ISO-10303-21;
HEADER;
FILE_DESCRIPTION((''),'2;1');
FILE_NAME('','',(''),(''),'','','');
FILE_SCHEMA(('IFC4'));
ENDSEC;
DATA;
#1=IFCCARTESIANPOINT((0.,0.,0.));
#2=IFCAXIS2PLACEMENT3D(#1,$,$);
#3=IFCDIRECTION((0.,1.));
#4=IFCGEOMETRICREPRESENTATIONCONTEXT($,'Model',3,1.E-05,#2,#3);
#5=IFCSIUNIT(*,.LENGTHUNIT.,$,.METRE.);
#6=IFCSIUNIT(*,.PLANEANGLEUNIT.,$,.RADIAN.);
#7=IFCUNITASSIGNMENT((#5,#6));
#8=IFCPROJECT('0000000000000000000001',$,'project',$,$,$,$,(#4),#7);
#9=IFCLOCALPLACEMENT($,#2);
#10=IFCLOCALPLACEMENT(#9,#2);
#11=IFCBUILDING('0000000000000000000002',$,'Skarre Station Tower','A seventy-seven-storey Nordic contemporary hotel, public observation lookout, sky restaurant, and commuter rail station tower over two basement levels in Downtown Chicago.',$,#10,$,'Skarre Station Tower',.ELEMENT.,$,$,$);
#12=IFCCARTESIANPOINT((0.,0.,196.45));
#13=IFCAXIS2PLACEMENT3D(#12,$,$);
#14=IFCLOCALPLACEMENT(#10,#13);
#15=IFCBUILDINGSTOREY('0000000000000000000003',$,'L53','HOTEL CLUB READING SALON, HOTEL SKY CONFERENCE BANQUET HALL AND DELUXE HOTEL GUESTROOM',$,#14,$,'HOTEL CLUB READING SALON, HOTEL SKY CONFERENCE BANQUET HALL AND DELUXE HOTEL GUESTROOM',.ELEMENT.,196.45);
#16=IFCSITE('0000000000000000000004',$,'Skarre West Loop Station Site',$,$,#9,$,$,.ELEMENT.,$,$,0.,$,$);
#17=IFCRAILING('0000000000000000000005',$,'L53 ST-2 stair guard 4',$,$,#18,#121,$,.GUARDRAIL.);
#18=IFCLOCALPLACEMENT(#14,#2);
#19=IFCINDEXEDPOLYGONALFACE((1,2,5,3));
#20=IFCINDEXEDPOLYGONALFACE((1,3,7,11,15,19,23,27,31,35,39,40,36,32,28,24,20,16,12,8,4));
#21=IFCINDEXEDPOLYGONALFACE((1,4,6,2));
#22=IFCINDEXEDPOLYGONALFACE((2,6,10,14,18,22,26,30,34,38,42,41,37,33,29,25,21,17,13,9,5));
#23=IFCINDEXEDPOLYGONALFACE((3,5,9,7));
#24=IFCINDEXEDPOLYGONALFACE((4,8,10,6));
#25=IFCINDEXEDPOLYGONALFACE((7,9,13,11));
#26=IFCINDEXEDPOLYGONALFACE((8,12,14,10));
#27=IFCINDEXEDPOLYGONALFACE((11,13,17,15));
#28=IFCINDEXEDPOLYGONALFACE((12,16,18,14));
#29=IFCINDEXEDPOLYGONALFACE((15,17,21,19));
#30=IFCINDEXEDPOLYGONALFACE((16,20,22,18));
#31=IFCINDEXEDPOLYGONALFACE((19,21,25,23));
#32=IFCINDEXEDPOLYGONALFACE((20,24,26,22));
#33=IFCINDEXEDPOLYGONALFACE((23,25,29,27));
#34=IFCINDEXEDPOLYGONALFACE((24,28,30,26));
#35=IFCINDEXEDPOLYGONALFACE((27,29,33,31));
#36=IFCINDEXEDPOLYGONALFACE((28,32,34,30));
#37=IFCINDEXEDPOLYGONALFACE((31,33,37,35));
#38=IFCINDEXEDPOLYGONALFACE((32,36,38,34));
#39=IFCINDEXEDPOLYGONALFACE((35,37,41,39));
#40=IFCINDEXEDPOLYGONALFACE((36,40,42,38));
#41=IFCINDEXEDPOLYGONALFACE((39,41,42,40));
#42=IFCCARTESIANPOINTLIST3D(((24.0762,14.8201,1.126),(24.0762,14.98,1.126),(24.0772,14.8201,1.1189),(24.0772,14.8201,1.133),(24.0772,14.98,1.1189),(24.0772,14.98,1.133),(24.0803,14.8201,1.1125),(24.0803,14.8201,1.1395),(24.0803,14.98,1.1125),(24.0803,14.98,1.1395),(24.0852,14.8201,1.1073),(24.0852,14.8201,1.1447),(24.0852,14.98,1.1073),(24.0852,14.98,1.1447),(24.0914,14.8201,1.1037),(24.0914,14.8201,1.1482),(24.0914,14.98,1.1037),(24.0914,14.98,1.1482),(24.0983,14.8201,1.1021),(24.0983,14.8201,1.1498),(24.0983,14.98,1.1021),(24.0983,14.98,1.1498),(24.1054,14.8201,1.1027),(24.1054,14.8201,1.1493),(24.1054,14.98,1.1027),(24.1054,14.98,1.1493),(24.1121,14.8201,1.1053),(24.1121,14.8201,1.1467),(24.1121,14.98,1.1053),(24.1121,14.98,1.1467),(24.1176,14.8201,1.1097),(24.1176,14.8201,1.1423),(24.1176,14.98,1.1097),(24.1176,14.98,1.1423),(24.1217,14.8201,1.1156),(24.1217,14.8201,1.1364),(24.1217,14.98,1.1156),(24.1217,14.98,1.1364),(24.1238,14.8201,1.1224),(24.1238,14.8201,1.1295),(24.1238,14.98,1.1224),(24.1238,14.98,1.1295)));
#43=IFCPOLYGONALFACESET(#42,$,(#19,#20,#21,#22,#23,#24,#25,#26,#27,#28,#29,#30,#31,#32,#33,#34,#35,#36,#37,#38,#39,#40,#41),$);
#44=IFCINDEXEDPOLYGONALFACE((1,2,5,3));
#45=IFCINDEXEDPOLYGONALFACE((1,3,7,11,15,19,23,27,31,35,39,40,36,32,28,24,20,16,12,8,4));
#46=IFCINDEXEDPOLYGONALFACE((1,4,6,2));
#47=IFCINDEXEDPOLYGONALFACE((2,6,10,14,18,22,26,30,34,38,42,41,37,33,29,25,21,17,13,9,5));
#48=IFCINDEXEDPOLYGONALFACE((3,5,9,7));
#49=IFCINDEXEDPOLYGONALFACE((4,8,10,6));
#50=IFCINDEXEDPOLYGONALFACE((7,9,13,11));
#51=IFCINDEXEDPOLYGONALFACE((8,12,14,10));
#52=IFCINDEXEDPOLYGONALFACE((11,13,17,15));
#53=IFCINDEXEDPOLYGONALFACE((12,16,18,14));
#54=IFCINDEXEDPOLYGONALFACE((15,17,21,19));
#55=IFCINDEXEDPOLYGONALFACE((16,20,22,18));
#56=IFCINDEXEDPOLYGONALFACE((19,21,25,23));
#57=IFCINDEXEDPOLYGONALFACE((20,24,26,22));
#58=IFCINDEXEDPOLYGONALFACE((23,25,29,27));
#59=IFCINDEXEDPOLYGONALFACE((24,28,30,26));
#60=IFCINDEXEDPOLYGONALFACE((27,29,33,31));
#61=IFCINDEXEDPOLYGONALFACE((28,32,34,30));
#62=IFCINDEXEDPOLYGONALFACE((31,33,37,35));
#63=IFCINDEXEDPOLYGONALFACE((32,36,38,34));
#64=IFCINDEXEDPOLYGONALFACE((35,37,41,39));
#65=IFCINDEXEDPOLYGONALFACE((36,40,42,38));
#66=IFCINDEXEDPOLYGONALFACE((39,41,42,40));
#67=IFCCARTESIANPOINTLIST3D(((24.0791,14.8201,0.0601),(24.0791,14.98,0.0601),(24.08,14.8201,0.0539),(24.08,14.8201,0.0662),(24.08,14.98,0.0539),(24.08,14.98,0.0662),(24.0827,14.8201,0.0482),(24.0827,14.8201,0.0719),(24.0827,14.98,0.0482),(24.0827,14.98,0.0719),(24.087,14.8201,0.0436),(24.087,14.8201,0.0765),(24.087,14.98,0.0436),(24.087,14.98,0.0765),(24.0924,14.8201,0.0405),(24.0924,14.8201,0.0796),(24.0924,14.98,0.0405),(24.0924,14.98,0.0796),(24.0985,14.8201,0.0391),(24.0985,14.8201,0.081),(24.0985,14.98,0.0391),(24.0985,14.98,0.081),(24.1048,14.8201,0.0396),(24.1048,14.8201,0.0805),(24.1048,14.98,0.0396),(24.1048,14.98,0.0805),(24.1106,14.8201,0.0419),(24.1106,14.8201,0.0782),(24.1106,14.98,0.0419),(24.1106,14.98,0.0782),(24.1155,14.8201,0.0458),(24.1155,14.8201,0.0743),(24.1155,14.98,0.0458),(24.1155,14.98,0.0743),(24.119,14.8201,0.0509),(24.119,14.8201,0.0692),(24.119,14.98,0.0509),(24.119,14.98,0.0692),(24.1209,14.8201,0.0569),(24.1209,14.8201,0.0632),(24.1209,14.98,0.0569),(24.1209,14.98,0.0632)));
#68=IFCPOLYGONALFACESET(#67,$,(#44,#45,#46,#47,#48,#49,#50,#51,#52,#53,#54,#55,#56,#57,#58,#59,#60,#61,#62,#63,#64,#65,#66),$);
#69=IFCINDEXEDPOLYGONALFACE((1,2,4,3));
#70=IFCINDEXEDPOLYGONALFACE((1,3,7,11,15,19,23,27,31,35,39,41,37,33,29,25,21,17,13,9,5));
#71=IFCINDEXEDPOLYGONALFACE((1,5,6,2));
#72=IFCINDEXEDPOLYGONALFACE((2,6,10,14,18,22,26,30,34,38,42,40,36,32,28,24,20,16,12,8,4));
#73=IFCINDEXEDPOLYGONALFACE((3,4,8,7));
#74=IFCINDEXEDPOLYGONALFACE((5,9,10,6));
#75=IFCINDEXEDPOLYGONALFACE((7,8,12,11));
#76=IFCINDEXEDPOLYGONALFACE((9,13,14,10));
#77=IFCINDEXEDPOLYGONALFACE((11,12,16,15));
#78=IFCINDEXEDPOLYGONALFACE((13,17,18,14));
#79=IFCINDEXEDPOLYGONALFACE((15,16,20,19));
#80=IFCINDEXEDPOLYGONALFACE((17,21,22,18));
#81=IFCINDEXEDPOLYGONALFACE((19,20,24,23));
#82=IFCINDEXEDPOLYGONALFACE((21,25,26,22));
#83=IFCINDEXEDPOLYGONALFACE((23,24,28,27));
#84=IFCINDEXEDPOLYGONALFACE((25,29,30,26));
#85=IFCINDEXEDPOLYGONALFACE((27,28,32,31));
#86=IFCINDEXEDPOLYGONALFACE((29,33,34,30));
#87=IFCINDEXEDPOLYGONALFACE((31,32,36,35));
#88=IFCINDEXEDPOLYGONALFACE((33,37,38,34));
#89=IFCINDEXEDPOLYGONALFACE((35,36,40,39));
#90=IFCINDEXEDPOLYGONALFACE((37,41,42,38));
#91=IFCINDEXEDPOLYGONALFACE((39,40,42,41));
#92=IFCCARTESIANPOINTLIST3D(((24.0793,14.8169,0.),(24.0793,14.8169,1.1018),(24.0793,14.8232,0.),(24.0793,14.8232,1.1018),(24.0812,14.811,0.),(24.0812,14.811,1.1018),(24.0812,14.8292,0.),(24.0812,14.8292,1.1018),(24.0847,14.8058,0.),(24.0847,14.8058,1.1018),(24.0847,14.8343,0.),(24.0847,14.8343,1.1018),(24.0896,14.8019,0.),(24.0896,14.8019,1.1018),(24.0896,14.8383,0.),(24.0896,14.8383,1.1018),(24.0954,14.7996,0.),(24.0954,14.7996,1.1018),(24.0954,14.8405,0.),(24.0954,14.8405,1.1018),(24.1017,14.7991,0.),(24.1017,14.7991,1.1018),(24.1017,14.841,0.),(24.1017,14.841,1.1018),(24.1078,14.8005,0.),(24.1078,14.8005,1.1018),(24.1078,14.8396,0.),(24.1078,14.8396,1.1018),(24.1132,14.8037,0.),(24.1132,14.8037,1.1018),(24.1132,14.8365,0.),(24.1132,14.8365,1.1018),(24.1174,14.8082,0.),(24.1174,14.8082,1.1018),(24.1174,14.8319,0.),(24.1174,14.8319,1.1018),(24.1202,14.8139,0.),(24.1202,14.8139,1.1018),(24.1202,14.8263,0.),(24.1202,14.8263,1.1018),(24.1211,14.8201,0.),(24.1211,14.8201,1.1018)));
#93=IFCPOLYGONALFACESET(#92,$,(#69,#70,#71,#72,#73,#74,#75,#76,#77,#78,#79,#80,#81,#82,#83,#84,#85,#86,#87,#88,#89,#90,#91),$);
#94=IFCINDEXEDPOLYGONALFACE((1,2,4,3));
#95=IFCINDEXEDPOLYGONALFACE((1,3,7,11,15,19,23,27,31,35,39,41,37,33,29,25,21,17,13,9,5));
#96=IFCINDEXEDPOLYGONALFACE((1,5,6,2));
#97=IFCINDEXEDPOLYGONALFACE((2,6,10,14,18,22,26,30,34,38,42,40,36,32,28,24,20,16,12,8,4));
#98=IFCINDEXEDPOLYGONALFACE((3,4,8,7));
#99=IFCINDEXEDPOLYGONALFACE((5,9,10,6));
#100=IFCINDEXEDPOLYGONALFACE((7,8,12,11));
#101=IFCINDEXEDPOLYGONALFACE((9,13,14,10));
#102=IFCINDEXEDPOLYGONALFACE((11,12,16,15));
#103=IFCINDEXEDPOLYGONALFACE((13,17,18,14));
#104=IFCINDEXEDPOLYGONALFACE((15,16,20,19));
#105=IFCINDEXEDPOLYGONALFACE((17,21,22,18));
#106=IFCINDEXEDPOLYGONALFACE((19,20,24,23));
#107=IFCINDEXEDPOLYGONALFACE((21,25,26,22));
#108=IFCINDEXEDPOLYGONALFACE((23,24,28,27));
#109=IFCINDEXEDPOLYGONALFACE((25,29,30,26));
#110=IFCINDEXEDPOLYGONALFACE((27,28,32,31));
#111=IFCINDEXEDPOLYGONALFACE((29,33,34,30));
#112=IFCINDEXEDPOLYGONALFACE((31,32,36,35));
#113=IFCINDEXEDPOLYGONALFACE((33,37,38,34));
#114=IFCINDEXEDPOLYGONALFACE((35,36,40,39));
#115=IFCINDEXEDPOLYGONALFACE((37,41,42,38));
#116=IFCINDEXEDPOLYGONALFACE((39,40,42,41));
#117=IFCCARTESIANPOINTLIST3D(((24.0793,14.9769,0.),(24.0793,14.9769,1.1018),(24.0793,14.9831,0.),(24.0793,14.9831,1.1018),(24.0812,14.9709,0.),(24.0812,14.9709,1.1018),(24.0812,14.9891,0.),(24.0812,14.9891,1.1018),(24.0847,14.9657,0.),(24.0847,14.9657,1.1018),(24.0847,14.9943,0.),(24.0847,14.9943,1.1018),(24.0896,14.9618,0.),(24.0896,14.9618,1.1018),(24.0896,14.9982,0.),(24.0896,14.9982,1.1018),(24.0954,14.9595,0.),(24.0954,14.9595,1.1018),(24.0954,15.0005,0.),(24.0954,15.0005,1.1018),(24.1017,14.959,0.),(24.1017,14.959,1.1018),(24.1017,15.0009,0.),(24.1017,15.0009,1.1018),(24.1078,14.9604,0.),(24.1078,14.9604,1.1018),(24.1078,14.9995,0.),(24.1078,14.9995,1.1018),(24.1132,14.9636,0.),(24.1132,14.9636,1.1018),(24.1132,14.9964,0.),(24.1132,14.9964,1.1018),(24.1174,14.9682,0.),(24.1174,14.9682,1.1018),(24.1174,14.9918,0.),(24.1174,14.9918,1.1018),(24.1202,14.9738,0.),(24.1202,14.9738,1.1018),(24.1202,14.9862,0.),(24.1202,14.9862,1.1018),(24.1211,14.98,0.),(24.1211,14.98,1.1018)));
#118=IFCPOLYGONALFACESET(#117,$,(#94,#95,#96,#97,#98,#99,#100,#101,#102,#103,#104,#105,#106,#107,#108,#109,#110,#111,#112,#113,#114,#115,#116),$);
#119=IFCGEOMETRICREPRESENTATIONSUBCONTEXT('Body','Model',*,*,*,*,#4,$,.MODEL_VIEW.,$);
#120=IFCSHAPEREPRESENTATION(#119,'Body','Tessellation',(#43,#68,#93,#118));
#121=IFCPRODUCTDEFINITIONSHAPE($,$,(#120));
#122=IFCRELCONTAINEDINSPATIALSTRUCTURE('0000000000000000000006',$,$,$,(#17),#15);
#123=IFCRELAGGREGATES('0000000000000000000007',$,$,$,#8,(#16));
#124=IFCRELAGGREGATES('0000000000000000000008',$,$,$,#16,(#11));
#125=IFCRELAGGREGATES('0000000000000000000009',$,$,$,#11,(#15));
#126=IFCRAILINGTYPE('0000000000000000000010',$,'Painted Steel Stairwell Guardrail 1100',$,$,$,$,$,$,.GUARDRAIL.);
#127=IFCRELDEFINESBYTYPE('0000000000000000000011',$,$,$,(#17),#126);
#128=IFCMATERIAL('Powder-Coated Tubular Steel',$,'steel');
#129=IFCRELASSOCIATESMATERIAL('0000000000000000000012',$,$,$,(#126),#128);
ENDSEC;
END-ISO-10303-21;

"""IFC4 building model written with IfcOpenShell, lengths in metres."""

from ifc_helpers import new_model, si_unit, direction, frame, origin, origin_2d, place, context, subcontext, project, spatial, circle, extrude, material, type_object, element, save


model = new_model("IFC4")

# Units and contexts
model_context = context("Model", 3, precision=1e-05, world=origin(), true_north=direction((0.0, 1.0)))
body_context = subcontext(model_context, "Body", "Model", "MODEL_VIEW")
ifc_project = project(units=[si_unit("LENGTHUNIT", "METRE"), si_unit("PLANEANGLEUNIT", "RADIAN")], contexts=[model_context])

# Site, building, storey
site_placement = place(None, origin())
site = spatial("IfcSite", under=ifc_project, at=site_placement, Name="Skarre West Loop Station Site", CompositionType="ELEMENT", RefElevation=0.0)
building_placement = place(site_placement, origin())
building = spatial("IfcBuilding", under=site, at=building_placement, Name="Skarre Station Tower", Description="A seventy-seven-storey Nordic contemporary hotel, public observation lookout, sky restaurant, and commuter rail station tower over two basement levels in Downtown Chicago.", LongName="Skarre Station Tower", CompositionType="ELEMENT")
storey_placement = place(building_placement, frame((0.0, 0.0, 196.45)))
storey = spatial("IfcBuildingStorey", under=building, at=storey_placement, Name="L53", Description="HOTEL CLUB READING SALON, HOTEL SKY CONFERENCE BANQUET HALL AND DELUXE HOTEL GUESTROOM", LongName="HOTEL CLUB READING SALON, HOTEL SKY CONFERENCE BANQUET HALL AND DELUXE HOTEL GUESTROOM", CompositionType="ELEMENT", Elevation=196.45)

# Railing
ifc_material_1 = material(Name="Powder-Coated Tubular Steel", Category="steel")
railing_type_1 = type_object("IfcRailingType", Name="Painted Steel Stairwell Guardrail 1100", PredefinedType="GUARDRAIL", material=ifc_material_1)
railing_1_placement = place(storey_placement, frame((24.1001, 14.8201, 0.0)))
element("IfcRailing", 1, at=railing_1_placement, inside=storey, type_object=railing_type_1, Name="L53 ST-2 stair guard 4", PredefinedType="GUARDRAIL", context=body_context, shape_type="SweptSolid", body=[
    extrude(circle(Radius=0.0239, at=origin_2d()), frame((0.0, 0.0, 1.126), z_axis=(0.0, 1.0, 0.0), x_axis=(-1.0, 0.0, 0.0)), (0.0, 0.0, 1.0), 0.1599),
    extrude(circle(Radius=0.021, at=origin_2d()), frame((0.0, 0.0, 0.0601), z_axis=(0.0, 1.0, 0.0), x_axis=(-1.0, 0.0, 0.0)), (0.0, 0.0, 1.0), 0.1599),
    extrude(circle(Radius=0.021, at=origin_2d()), origin(), (0.0, 0.0, 1.0), 1.1018),
    extrude(circle(Radius=0.021, at=origin_2d()), frame((0.0, 0.1599, 0.0)), (0.0, 0.0, 1.0), 1.1018),
])

save(model, "model.ifc")
